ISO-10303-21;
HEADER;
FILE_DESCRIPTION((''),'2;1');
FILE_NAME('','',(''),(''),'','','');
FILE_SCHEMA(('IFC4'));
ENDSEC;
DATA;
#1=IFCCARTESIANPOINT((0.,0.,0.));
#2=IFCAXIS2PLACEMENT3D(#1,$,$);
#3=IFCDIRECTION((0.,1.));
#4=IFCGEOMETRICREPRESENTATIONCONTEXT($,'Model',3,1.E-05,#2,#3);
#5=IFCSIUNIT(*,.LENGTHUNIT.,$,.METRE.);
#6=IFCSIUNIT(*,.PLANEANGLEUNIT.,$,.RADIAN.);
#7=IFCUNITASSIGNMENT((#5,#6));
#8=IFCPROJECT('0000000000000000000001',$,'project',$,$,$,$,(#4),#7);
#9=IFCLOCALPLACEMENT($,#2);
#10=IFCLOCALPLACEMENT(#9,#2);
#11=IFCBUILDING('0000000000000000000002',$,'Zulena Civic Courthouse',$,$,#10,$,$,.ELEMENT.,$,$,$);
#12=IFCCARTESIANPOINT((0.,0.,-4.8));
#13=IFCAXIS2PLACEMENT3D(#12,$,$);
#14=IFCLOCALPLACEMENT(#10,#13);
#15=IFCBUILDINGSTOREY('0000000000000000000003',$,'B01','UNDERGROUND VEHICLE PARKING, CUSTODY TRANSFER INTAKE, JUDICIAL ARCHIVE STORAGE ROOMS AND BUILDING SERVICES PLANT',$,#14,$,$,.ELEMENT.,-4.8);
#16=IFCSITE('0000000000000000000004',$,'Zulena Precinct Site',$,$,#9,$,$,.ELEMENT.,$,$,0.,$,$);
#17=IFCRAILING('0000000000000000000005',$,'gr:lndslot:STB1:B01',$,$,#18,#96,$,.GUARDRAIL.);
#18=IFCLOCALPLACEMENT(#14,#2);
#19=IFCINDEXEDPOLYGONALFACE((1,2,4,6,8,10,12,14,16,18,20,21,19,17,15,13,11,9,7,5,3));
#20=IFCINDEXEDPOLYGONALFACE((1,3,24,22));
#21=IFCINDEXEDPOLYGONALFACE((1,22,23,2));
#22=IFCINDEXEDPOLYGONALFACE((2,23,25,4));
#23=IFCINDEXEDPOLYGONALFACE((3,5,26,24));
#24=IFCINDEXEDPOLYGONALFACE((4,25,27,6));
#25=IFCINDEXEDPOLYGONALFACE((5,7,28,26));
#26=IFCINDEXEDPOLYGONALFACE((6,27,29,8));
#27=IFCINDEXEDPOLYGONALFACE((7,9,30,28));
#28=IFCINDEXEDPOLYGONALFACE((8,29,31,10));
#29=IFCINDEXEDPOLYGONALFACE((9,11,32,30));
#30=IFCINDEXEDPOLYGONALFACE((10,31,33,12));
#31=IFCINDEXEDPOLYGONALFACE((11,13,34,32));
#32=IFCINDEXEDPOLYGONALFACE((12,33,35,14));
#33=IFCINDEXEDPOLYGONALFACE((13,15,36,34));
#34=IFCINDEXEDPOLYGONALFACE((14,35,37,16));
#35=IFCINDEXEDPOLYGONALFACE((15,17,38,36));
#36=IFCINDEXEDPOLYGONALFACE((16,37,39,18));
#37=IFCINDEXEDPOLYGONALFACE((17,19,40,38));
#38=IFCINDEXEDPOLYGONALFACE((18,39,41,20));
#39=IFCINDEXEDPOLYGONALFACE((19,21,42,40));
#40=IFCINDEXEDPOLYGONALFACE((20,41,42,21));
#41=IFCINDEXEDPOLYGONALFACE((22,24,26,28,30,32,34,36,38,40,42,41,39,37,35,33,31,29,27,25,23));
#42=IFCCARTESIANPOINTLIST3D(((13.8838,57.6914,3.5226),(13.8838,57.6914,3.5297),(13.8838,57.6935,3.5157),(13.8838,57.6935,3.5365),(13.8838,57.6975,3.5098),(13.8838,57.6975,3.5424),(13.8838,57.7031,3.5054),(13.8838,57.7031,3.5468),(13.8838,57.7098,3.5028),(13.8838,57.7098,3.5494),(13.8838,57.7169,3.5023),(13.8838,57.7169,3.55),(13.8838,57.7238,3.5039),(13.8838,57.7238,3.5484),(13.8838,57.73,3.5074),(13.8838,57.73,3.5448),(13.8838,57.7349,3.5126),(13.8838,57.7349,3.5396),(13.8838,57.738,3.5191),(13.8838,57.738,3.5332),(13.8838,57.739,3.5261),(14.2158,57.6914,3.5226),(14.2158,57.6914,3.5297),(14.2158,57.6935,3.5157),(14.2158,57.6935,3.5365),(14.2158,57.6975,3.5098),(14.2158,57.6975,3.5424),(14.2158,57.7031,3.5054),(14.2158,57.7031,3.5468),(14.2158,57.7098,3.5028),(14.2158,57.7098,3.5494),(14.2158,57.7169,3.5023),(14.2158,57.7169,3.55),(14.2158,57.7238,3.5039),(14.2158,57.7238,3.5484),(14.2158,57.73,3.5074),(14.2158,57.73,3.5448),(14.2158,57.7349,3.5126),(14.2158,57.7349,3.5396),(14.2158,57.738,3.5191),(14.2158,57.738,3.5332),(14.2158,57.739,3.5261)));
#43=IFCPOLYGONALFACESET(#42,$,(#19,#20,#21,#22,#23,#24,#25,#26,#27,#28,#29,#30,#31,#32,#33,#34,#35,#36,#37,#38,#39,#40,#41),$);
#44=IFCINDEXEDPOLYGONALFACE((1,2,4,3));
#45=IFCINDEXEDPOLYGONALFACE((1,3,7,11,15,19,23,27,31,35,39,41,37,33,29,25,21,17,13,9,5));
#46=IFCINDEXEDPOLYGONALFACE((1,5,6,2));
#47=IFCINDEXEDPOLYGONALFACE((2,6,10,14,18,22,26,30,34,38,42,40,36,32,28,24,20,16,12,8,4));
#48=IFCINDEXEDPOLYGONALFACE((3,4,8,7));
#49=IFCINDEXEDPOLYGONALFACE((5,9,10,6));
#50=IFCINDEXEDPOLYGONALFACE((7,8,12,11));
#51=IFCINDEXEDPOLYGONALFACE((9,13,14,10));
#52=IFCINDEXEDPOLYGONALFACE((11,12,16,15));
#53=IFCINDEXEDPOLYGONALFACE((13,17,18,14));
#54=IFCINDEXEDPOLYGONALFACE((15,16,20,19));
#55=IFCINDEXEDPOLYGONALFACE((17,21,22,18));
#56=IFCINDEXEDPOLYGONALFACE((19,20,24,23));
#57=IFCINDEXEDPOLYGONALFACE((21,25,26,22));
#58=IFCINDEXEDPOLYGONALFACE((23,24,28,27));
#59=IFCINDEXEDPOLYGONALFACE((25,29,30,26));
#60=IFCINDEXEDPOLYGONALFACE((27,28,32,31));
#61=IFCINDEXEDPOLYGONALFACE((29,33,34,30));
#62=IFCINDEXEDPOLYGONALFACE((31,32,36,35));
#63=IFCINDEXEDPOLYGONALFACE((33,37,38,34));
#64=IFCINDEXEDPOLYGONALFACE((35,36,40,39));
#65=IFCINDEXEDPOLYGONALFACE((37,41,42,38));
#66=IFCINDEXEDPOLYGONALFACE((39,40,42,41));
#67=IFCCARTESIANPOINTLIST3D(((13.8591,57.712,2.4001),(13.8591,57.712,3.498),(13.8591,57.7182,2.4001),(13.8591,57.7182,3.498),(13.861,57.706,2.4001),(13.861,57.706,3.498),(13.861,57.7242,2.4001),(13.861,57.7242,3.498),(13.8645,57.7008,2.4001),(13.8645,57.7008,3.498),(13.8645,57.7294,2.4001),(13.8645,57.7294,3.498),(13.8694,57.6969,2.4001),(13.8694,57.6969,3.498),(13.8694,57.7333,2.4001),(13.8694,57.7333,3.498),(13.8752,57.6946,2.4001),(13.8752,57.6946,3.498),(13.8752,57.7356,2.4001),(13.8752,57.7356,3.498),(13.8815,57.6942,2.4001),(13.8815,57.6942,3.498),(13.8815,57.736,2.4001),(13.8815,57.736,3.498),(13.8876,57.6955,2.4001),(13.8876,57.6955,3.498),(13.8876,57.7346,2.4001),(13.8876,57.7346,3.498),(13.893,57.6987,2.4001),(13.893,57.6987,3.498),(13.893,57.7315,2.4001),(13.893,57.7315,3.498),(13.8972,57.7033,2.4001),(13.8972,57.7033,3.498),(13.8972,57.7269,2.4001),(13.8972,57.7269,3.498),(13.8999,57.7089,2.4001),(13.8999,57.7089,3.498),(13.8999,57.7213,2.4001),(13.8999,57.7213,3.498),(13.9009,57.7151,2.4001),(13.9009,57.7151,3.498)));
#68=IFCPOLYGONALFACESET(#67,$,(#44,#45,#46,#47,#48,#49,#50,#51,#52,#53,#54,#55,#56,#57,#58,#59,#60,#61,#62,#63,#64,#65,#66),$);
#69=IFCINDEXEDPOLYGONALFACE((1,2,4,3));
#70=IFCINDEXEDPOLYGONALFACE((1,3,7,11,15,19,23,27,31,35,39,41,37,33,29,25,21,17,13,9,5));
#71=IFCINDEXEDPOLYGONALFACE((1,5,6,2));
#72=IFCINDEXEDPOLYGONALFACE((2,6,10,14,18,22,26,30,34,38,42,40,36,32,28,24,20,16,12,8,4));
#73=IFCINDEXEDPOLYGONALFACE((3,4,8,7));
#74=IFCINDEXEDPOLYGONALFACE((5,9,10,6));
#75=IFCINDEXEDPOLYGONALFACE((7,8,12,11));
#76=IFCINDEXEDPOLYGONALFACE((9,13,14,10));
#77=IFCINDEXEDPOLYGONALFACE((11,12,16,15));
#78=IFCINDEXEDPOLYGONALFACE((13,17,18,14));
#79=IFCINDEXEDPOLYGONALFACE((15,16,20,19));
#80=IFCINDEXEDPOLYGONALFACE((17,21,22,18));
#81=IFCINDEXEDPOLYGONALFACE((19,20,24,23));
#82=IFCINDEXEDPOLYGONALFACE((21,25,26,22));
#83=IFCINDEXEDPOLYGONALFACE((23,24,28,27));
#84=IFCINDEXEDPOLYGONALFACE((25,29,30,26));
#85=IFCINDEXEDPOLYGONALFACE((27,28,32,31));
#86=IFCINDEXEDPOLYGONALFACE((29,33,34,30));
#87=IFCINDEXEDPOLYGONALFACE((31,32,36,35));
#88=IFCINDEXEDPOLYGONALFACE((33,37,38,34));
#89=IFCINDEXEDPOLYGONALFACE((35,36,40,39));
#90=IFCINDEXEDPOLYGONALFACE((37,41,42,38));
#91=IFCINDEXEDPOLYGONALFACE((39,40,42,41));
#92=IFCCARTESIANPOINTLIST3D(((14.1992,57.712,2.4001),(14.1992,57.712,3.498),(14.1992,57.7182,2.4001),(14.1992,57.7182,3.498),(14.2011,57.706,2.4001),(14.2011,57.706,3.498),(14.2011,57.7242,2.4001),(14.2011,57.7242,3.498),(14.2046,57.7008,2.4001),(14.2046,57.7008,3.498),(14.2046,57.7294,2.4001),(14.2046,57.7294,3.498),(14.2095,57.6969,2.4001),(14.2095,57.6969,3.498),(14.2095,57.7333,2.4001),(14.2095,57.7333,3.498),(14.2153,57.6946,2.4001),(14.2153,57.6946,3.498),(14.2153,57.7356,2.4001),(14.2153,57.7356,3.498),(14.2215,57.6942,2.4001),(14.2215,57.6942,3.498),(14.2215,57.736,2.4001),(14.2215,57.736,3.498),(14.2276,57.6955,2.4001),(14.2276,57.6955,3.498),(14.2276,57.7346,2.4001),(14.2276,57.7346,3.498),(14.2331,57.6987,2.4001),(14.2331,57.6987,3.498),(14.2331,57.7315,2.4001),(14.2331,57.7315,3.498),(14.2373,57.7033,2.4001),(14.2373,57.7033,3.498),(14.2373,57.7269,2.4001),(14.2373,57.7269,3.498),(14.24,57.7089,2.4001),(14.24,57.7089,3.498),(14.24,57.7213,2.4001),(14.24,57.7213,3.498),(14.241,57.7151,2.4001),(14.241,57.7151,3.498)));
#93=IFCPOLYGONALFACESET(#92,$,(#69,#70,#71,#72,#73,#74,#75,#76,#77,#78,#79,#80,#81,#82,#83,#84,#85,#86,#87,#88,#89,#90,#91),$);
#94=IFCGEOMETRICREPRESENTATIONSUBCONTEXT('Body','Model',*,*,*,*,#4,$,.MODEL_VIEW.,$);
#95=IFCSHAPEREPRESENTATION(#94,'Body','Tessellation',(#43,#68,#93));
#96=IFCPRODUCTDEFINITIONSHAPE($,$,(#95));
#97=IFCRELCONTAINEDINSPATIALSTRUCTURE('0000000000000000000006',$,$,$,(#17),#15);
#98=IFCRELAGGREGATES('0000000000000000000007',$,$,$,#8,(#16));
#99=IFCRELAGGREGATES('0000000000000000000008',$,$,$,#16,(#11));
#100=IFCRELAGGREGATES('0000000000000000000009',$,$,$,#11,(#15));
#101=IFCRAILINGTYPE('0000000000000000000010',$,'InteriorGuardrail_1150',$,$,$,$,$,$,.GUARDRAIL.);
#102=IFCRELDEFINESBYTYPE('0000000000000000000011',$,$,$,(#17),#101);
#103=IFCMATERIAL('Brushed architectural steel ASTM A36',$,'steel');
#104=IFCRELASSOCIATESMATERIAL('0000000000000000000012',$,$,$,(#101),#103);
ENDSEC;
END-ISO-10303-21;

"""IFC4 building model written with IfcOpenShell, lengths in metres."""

from ifc_helpers import new_model, si_unit, direction, frame, origin, origin_2d, place, context, subcontext, project, spatial, circle, extrude, material, type_object, element, save


model = new_model("IFC4")

# Units and contexts
model_context = context("Model", 3, precision=1e-05, world=origin(), true_north=direction((0.0, 1.0)))
body_context = subcontext(model_context, "Body", "Model", "MODEL_VIEW")
ifc_project = project(units=[si_unit("LENGTHUNIT", "METRE"), si_unit("PLANEANGLEUNIT", "RADIAN")], contexts=[model_context])

# Site, building, storey
site_placement = place(None, origin())
site = spatial("IfcSite", under=ifc_project, at=site_placement, Name="Zulena Precinct Site", CompositionType="ELEMENT", RefElevation=0.0)
building_placement = place(site_placement, origin())
building = spatial("IfcBuilding", under=site, at=building_placement, Name="Zulena Civic Courthouse", CompositionType="ELEMENT")
storey_placement = place(building_placement, frame((0.0, 0.0, -4.8)))
storey = spatial("IfcBuildingStorey", under=building, at=storey_placement, Name="B01", Description="UNDERGROUND VEHICLE PARKING, CUSTODY TRANSFER INTAKE, JUDICIAL ARCHIVE STORAGE ROOMS AND BUILDING SERVICES PLANT", CompositionType="ELEMENT", Elevation=-4.8)

# Railing
ifc_material_1 = material(Name="Brushed architectural steel ASTM A36", Category="steel")
railing_type_1 = type_object("IfcRailingType", Name="InteriorGuardrail_1150", PredefinedType="GUARDRAIL", material=ifc_material_1)
railing_1_placement = place(storey_placement, frame((13.8799, 57.7151, 2.4001)))
element("IfcRailing", 1, at=railing_1_placement, inside=storey, type_object=railing_type_1, Name="gr:lndslot:STB1:B01", PredefinedType="GUARDRAIL", context=body_context, shape_type="SweptSolid", body=[
    extrude(circle(Radius=0.0239, at=origin_2d()), frame((0.0039, 0.0, 1.126), z_axis=(1.0, 0.0, 0.0), x_axis=(0.0, 1.0, 0.0)), (0.0, 0.0, 1.0), 0.332),
    extrude(circle(Radius=0.021, at=origin_2d()), origin(), (0.0, 0.0, 1.0), 1.0979),
    extrude(circle(Radius=0.021, at=origin_2d()), frame((0.3401, 0.0, 0.0)), (0.0, 0.0, 1.0), 1.0979),
])

save(model, "model.ifc")
